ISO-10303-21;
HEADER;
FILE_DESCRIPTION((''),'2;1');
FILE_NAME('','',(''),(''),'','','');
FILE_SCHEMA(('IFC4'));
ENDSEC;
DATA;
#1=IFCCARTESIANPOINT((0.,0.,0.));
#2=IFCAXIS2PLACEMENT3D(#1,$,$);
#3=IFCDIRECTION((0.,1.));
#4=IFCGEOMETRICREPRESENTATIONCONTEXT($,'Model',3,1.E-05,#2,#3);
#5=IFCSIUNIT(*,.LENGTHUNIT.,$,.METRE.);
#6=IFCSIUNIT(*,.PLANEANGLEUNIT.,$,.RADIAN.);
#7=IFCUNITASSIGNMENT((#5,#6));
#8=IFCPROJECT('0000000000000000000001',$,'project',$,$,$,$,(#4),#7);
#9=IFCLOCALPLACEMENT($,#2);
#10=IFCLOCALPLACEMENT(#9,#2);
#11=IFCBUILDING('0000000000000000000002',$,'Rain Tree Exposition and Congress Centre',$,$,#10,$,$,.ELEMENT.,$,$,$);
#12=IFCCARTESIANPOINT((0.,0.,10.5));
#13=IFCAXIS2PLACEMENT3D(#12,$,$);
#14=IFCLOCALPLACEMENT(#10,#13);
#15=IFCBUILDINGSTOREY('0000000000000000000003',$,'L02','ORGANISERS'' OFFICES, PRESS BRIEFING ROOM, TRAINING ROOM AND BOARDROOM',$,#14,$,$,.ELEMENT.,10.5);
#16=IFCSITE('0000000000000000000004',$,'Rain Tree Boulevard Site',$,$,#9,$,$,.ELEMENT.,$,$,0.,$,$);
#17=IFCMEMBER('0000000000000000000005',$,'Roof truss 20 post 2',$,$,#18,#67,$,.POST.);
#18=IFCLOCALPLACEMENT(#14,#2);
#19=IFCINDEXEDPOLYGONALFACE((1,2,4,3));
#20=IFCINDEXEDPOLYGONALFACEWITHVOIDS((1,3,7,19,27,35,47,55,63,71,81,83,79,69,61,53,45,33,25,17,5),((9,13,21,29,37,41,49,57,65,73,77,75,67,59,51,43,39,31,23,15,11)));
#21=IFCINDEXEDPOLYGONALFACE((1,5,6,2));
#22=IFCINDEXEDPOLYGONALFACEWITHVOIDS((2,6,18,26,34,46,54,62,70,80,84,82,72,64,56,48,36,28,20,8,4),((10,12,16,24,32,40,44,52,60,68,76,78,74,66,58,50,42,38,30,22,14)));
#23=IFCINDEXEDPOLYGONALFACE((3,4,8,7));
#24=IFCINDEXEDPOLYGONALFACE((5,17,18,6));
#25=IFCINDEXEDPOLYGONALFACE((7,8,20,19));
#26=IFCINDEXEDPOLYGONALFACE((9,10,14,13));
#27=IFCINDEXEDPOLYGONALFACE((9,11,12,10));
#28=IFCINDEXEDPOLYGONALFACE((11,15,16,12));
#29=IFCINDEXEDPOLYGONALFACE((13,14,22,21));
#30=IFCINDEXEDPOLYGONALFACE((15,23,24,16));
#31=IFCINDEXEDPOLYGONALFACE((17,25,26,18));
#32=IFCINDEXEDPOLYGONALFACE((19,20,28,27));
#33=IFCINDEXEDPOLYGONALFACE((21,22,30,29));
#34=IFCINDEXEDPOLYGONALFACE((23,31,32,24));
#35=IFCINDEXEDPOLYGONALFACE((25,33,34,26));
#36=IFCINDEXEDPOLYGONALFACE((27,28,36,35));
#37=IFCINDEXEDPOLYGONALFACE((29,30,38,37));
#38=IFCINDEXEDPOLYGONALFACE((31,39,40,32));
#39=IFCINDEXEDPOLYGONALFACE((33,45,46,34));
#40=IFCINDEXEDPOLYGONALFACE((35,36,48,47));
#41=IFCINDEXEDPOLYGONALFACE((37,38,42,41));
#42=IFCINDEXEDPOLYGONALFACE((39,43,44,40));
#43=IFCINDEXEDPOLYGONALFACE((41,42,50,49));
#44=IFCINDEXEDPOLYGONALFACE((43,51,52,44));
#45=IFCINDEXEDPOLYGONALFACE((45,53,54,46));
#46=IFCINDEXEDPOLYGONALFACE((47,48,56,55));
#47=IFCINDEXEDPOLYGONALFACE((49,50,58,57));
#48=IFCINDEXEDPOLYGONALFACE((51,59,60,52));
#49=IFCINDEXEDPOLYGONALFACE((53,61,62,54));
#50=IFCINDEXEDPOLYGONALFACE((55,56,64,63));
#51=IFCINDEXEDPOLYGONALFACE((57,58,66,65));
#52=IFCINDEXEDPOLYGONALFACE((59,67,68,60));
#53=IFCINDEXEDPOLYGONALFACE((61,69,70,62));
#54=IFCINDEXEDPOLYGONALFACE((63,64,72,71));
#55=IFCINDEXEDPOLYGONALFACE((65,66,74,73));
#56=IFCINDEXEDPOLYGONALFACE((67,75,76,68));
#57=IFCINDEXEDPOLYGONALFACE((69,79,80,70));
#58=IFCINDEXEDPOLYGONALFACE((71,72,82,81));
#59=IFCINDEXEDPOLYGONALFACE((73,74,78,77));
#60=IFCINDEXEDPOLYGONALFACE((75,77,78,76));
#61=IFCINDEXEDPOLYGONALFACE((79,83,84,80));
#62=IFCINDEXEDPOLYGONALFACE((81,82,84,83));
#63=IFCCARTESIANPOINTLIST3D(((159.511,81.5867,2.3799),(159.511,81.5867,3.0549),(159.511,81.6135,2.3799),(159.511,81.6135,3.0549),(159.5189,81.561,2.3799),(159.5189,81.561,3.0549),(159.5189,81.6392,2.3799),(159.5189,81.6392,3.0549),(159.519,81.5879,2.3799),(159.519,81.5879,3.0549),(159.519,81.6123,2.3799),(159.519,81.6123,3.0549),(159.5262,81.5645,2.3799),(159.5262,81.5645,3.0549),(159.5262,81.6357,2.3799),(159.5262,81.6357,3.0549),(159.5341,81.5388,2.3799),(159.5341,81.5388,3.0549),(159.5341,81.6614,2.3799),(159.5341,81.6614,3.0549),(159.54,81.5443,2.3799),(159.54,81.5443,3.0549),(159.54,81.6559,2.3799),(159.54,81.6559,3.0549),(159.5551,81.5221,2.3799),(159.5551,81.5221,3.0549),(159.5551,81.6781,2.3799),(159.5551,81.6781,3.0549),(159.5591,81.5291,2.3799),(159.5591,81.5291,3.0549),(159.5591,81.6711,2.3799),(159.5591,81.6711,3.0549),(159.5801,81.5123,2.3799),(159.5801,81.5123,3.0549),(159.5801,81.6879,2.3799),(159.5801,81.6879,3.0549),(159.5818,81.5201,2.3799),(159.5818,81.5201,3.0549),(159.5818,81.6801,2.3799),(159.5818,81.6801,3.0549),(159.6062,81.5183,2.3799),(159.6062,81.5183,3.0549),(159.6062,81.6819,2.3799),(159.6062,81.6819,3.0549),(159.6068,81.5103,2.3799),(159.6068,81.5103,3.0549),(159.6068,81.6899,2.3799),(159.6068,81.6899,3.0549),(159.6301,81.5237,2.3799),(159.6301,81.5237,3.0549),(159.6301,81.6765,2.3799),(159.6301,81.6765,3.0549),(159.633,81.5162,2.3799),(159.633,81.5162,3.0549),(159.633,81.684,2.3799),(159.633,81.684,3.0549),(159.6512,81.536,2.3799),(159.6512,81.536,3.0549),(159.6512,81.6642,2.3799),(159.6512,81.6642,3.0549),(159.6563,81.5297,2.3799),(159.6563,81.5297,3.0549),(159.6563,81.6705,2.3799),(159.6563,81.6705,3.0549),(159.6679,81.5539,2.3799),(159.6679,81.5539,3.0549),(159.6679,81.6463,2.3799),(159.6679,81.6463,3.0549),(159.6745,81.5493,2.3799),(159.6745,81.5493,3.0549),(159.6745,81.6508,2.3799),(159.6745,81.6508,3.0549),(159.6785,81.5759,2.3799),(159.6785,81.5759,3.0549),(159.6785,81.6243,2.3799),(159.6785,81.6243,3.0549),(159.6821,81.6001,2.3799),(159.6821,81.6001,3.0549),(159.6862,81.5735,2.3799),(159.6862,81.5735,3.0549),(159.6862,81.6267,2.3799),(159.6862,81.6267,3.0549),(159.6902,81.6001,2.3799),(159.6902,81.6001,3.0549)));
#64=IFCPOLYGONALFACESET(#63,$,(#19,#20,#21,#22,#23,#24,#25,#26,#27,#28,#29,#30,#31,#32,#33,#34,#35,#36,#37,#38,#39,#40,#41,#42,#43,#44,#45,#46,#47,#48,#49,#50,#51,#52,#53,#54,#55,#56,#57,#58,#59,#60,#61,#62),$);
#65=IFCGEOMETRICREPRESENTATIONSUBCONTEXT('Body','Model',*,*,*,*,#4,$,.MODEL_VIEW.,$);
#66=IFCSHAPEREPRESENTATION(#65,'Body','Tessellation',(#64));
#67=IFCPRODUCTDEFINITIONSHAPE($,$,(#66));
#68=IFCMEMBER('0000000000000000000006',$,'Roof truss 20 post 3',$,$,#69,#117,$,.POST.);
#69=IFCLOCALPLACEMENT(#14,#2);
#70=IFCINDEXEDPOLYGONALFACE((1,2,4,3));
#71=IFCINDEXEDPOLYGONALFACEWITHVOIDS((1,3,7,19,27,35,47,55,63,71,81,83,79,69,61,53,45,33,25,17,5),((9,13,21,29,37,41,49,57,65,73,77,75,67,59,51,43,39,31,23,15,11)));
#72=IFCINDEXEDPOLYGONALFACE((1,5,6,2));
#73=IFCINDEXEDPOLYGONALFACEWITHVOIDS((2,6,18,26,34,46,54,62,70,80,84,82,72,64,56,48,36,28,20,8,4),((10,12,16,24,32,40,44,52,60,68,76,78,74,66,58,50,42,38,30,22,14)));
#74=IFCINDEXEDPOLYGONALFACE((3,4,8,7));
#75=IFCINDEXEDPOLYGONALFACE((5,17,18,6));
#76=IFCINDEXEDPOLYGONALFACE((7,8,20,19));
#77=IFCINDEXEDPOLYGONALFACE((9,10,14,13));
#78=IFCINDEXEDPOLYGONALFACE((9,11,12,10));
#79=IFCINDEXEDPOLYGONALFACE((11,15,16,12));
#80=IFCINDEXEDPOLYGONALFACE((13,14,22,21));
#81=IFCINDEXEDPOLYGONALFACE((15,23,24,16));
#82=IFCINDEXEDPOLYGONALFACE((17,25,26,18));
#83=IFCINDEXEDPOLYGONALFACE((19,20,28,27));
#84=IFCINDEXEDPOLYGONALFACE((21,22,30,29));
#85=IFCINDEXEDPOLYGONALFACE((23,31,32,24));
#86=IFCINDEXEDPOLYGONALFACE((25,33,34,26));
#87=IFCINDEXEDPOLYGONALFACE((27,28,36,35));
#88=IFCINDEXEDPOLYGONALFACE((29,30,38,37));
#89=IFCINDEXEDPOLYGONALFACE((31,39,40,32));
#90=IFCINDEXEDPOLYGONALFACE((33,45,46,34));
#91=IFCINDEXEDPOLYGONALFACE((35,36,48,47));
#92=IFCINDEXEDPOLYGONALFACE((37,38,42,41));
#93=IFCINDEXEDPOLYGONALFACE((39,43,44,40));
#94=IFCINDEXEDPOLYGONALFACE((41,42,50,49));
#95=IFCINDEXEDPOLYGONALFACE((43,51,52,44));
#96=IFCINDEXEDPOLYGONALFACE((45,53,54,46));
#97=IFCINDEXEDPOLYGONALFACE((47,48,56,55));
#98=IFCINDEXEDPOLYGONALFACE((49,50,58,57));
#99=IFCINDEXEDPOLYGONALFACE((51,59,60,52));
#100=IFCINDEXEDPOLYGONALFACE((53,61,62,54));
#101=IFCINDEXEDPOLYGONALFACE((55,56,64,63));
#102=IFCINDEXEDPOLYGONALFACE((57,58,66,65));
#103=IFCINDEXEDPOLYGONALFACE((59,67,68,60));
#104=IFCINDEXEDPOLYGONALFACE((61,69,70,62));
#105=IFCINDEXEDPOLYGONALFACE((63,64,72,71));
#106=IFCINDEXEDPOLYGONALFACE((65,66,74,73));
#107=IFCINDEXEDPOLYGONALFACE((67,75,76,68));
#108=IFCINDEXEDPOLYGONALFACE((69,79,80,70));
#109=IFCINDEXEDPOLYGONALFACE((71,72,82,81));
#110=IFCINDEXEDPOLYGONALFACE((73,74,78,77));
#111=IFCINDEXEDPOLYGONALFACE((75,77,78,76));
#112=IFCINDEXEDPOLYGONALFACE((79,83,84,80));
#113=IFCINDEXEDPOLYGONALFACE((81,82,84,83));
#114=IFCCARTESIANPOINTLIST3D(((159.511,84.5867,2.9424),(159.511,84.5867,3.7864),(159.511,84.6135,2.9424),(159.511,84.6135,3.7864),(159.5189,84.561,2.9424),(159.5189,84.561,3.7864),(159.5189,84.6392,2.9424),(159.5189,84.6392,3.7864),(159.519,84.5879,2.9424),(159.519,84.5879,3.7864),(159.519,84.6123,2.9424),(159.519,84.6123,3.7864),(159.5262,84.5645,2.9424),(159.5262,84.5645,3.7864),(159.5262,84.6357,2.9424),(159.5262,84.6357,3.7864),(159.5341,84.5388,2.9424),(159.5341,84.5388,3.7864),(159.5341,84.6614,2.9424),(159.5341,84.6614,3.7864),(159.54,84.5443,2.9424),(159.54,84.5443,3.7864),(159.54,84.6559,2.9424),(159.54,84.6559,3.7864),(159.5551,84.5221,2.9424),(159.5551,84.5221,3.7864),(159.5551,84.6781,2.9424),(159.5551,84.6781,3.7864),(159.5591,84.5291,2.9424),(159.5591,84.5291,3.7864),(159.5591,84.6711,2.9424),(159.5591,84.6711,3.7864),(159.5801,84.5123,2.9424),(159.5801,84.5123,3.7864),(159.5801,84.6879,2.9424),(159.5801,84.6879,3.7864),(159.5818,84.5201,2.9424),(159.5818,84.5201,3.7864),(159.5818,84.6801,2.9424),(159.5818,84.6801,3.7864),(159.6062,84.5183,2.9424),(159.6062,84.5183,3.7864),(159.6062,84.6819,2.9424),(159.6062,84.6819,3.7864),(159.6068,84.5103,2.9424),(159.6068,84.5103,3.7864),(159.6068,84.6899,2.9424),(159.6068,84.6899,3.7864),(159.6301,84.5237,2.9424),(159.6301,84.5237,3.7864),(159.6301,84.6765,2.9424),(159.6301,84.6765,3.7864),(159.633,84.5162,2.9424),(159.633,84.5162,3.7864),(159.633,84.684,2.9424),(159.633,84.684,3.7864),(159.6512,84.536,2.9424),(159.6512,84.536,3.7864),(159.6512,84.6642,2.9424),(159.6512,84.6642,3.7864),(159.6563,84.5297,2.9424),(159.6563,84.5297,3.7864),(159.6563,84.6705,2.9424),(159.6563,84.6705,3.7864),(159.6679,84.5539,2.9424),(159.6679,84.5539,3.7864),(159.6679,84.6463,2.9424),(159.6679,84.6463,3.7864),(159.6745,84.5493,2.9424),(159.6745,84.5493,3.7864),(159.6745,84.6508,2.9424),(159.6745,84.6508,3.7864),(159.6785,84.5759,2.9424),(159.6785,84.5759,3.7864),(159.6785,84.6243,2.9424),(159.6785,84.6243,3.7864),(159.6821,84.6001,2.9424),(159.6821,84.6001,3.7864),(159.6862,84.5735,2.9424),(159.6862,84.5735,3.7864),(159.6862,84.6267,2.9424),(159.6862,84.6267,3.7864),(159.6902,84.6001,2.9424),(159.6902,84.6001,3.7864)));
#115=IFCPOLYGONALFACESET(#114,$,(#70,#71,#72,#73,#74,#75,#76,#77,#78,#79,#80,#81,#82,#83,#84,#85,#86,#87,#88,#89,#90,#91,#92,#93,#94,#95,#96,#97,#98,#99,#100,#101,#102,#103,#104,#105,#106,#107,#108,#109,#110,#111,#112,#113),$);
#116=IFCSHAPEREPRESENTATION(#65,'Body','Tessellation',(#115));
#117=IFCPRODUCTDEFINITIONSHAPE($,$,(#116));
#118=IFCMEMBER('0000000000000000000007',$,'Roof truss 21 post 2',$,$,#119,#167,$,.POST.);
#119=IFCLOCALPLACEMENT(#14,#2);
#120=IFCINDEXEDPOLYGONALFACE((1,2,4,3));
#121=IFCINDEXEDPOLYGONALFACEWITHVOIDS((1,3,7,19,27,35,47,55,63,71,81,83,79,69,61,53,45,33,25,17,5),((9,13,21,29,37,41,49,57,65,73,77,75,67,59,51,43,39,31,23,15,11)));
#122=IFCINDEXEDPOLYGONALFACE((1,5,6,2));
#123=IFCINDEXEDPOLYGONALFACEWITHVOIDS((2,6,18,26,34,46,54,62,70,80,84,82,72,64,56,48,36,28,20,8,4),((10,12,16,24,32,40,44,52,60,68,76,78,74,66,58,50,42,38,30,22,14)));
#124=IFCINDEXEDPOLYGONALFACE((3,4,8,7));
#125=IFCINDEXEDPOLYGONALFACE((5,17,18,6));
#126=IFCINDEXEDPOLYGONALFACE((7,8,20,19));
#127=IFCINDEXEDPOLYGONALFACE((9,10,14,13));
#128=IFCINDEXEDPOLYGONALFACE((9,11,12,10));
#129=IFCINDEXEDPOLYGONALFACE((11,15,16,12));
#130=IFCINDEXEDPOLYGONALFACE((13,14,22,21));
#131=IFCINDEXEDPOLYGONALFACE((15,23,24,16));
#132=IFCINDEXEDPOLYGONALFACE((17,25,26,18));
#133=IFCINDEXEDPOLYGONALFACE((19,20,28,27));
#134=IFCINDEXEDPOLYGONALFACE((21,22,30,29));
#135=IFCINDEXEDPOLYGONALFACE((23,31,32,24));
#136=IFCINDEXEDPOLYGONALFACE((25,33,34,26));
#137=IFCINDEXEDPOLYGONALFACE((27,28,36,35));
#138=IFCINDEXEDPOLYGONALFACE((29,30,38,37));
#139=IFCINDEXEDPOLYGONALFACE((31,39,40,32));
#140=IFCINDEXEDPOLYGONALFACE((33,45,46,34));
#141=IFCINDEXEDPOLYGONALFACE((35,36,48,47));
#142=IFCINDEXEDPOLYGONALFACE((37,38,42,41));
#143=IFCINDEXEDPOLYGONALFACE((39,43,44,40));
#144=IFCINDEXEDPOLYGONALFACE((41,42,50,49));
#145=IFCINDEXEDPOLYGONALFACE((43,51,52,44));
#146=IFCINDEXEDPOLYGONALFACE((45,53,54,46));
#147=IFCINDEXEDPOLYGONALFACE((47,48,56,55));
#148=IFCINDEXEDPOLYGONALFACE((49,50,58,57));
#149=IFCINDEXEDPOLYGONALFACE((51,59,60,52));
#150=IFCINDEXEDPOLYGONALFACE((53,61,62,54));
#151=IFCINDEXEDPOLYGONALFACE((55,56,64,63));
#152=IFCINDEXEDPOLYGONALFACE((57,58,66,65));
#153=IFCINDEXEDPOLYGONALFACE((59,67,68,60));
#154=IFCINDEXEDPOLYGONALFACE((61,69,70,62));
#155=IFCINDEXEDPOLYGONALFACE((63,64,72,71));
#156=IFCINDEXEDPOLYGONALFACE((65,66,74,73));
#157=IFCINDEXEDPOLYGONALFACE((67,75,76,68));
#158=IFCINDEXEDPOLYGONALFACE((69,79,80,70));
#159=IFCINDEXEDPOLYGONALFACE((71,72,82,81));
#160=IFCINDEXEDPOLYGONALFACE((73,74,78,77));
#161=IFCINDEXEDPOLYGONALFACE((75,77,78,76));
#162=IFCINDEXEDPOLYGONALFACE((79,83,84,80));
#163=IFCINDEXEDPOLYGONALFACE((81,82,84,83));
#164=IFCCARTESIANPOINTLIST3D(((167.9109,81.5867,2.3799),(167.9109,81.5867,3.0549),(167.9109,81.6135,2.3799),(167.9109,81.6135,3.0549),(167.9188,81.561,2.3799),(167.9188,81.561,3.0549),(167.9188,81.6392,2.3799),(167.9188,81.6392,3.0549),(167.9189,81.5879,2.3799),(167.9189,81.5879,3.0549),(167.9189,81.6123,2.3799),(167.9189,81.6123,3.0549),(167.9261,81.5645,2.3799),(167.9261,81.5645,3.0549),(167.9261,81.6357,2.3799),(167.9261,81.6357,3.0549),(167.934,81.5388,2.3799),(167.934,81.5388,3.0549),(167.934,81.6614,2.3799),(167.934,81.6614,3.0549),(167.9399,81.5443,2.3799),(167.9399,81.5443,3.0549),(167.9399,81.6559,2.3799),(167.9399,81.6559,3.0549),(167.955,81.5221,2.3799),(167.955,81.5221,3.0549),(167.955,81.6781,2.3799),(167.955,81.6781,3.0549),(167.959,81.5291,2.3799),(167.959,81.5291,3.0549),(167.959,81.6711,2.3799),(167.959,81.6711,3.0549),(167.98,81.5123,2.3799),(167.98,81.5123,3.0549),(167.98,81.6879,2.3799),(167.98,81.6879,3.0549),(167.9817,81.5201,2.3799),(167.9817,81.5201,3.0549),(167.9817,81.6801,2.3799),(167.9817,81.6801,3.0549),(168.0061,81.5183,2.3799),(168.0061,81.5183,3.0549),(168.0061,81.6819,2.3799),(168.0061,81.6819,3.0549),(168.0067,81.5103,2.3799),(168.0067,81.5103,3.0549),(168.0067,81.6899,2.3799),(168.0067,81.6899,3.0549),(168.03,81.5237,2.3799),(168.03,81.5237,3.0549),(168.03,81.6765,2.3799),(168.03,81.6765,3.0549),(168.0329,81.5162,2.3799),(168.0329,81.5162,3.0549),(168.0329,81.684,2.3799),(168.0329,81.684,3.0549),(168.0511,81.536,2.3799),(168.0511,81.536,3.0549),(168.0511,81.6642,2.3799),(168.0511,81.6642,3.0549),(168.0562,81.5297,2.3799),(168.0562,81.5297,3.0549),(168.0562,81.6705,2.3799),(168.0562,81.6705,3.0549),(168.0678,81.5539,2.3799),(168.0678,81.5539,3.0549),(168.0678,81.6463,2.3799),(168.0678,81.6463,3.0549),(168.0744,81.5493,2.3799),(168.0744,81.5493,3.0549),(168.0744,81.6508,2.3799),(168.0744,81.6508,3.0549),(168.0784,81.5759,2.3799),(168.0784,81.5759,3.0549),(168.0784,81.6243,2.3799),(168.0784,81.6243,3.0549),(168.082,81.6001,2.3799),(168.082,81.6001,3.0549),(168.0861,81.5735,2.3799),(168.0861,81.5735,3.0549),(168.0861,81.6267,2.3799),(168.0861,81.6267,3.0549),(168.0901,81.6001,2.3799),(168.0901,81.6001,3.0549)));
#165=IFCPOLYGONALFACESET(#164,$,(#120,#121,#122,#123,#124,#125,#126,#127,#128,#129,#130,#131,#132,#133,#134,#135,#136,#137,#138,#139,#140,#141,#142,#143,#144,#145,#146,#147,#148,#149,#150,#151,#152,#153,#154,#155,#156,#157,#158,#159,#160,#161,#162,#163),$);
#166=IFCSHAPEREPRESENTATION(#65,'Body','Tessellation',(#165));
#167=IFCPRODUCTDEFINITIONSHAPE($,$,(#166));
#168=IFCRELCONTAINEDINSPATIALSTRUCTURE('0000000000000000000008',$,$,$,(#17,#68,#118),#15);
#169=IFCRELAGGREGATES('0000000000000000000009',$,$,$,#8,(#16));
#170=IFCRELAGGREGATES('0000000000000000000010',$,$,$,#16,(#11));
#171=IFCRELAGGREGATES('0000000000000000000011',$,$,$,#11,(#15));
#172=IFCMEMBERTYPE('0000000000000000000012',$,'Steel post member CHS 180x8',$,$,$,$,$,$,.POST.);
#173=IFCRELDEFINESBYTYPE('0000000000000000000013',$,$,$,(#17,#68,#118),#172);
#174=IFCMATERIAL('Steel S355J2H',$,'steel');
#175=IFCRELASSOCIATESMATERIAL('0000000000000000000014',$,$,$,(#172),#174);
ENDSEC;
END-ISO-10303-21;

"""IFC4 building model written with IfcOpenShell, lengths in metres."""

from ifc_helpers import new_model, si_unit, direction, frame, origin, origin_2d, place, context, subcontext, project, spatial, hollow_circle, extrude, material, material_profile, profile_set, type_object, element, save


model = new_model("IFC4")

# Units and contexts
model_context = context("Model", 3, precision=1e-05, world=origin(), true_north=direction((0.0, 1.0)))
body_context = subcontext(model_context, "Body", "Model", "MODEL_VIEW")
ifc_project = project(units=[si_unit("LENGTHUNIT", "METRE"), si_unit("PLANEANGLEUNIT", "RADIAN")], contexts=[model_context])

# Site, building, storey
site_placement = place(None, origin())
site = spatial("IfcSite", under=ifc_project, at=site_placement, Name="Rain Tree Boulevard Site", CompositionType="ELEMENT", RefElevation=0.0)
building_placement = place(site_placement, origin())
building = spatial("IfcBuilding", under=site, at=building_placement, Name="Rain Tree Exposition and Congress Centre", CompositionType="ELEMENT")
storey_placement = place(building_placement, frame((0.0, 0.0, 10.5)))
storey = spatial("IfcBuildingStorey", under=building, at=storey_placement, Name="L02", Description="ORGANISERS' OFFICES, PRESS BRIEFING ROOM, TRAINING ROOM AND BOARDROOM", CompositionType="ELEMENT", Elevation=10.5)

# Members
ifc_material_1 = material(Name="Steel S355J2H", Category="steel")
ifc_material_profile_1 = material_profile(ifc_material_1, hollow_circle(Radius=0.0901, WallThickness=0.0081, at=origin_2d()), Name="CHS 180x8")
ifc_profile_set_1 = profile_set([ifc_material_profile_1], Name="Steel S355J2H")
member_type_1 = type_object("IfcMemberType", Name="Steel post member CHS 180x8", PredefinedType="POST", material=ifc_profile_set_1)
member_1_placement = place(storey_placement, frame((159.6001, 81.6001, 2.3799), z_axis=(0.0, 0.0, 1.0), x_axis=(1.0, 0.0, 0.0)))
element("IfcMember", 1, at=member_1_placement, inside=storey, type_object=member_type_1, Name="Roof truss 20 post 2", PredefinedType="POST", context=body_context, shape_type="SweptSolid", body=[
    extrude(hollow_circle(Radius=0.0901, WallThickness=0.0081, at=origin_2d()), origin(), (0.0, 0.0, 1.0), 0.675),
])
member_2_placement = place(storey_placement, frame((159.6001, 84.6001, 2.9424), z_axis=(0.0, 0.0, 1.0), x_axis=(1.0, 0.0, 0.0)))
element("IfcMember", 2, at=member_2_placement, inside=storey, type_object=member_type_1, Name="Roof truss 20 post 3", PredefinedType="POST", context=body_context, shape_type="SweptSolid", body=[
    extrude(hollow_circle(Radius=0.0901, WallThickness=0.0081, at=origin_2d()), origin(), (0.0, 0.0, 1.0), 0.844),
])
member_3_placement = place(storey_placement, frame((168.0, 81.6001, 2.3799), z_axis=(0.0, 0.0, 1.0), x_axis=(1.0, 0.0, 0.0)))
element("IfcMember", 3, at=member_3_placement, inside=storey, type_object=member_type_1, Name="Roof truss 21 post 2", PredefinedType="POST", context=body_context, shape_type="SweptSolid", body=[
    extrude(hollow_circle(Radius=0.0901, WallThickness=0.0081, at=origin_2d()), origin(), (0.0, 0.0, 1.0), 0.675),
])

save(model, "model.ifc")
